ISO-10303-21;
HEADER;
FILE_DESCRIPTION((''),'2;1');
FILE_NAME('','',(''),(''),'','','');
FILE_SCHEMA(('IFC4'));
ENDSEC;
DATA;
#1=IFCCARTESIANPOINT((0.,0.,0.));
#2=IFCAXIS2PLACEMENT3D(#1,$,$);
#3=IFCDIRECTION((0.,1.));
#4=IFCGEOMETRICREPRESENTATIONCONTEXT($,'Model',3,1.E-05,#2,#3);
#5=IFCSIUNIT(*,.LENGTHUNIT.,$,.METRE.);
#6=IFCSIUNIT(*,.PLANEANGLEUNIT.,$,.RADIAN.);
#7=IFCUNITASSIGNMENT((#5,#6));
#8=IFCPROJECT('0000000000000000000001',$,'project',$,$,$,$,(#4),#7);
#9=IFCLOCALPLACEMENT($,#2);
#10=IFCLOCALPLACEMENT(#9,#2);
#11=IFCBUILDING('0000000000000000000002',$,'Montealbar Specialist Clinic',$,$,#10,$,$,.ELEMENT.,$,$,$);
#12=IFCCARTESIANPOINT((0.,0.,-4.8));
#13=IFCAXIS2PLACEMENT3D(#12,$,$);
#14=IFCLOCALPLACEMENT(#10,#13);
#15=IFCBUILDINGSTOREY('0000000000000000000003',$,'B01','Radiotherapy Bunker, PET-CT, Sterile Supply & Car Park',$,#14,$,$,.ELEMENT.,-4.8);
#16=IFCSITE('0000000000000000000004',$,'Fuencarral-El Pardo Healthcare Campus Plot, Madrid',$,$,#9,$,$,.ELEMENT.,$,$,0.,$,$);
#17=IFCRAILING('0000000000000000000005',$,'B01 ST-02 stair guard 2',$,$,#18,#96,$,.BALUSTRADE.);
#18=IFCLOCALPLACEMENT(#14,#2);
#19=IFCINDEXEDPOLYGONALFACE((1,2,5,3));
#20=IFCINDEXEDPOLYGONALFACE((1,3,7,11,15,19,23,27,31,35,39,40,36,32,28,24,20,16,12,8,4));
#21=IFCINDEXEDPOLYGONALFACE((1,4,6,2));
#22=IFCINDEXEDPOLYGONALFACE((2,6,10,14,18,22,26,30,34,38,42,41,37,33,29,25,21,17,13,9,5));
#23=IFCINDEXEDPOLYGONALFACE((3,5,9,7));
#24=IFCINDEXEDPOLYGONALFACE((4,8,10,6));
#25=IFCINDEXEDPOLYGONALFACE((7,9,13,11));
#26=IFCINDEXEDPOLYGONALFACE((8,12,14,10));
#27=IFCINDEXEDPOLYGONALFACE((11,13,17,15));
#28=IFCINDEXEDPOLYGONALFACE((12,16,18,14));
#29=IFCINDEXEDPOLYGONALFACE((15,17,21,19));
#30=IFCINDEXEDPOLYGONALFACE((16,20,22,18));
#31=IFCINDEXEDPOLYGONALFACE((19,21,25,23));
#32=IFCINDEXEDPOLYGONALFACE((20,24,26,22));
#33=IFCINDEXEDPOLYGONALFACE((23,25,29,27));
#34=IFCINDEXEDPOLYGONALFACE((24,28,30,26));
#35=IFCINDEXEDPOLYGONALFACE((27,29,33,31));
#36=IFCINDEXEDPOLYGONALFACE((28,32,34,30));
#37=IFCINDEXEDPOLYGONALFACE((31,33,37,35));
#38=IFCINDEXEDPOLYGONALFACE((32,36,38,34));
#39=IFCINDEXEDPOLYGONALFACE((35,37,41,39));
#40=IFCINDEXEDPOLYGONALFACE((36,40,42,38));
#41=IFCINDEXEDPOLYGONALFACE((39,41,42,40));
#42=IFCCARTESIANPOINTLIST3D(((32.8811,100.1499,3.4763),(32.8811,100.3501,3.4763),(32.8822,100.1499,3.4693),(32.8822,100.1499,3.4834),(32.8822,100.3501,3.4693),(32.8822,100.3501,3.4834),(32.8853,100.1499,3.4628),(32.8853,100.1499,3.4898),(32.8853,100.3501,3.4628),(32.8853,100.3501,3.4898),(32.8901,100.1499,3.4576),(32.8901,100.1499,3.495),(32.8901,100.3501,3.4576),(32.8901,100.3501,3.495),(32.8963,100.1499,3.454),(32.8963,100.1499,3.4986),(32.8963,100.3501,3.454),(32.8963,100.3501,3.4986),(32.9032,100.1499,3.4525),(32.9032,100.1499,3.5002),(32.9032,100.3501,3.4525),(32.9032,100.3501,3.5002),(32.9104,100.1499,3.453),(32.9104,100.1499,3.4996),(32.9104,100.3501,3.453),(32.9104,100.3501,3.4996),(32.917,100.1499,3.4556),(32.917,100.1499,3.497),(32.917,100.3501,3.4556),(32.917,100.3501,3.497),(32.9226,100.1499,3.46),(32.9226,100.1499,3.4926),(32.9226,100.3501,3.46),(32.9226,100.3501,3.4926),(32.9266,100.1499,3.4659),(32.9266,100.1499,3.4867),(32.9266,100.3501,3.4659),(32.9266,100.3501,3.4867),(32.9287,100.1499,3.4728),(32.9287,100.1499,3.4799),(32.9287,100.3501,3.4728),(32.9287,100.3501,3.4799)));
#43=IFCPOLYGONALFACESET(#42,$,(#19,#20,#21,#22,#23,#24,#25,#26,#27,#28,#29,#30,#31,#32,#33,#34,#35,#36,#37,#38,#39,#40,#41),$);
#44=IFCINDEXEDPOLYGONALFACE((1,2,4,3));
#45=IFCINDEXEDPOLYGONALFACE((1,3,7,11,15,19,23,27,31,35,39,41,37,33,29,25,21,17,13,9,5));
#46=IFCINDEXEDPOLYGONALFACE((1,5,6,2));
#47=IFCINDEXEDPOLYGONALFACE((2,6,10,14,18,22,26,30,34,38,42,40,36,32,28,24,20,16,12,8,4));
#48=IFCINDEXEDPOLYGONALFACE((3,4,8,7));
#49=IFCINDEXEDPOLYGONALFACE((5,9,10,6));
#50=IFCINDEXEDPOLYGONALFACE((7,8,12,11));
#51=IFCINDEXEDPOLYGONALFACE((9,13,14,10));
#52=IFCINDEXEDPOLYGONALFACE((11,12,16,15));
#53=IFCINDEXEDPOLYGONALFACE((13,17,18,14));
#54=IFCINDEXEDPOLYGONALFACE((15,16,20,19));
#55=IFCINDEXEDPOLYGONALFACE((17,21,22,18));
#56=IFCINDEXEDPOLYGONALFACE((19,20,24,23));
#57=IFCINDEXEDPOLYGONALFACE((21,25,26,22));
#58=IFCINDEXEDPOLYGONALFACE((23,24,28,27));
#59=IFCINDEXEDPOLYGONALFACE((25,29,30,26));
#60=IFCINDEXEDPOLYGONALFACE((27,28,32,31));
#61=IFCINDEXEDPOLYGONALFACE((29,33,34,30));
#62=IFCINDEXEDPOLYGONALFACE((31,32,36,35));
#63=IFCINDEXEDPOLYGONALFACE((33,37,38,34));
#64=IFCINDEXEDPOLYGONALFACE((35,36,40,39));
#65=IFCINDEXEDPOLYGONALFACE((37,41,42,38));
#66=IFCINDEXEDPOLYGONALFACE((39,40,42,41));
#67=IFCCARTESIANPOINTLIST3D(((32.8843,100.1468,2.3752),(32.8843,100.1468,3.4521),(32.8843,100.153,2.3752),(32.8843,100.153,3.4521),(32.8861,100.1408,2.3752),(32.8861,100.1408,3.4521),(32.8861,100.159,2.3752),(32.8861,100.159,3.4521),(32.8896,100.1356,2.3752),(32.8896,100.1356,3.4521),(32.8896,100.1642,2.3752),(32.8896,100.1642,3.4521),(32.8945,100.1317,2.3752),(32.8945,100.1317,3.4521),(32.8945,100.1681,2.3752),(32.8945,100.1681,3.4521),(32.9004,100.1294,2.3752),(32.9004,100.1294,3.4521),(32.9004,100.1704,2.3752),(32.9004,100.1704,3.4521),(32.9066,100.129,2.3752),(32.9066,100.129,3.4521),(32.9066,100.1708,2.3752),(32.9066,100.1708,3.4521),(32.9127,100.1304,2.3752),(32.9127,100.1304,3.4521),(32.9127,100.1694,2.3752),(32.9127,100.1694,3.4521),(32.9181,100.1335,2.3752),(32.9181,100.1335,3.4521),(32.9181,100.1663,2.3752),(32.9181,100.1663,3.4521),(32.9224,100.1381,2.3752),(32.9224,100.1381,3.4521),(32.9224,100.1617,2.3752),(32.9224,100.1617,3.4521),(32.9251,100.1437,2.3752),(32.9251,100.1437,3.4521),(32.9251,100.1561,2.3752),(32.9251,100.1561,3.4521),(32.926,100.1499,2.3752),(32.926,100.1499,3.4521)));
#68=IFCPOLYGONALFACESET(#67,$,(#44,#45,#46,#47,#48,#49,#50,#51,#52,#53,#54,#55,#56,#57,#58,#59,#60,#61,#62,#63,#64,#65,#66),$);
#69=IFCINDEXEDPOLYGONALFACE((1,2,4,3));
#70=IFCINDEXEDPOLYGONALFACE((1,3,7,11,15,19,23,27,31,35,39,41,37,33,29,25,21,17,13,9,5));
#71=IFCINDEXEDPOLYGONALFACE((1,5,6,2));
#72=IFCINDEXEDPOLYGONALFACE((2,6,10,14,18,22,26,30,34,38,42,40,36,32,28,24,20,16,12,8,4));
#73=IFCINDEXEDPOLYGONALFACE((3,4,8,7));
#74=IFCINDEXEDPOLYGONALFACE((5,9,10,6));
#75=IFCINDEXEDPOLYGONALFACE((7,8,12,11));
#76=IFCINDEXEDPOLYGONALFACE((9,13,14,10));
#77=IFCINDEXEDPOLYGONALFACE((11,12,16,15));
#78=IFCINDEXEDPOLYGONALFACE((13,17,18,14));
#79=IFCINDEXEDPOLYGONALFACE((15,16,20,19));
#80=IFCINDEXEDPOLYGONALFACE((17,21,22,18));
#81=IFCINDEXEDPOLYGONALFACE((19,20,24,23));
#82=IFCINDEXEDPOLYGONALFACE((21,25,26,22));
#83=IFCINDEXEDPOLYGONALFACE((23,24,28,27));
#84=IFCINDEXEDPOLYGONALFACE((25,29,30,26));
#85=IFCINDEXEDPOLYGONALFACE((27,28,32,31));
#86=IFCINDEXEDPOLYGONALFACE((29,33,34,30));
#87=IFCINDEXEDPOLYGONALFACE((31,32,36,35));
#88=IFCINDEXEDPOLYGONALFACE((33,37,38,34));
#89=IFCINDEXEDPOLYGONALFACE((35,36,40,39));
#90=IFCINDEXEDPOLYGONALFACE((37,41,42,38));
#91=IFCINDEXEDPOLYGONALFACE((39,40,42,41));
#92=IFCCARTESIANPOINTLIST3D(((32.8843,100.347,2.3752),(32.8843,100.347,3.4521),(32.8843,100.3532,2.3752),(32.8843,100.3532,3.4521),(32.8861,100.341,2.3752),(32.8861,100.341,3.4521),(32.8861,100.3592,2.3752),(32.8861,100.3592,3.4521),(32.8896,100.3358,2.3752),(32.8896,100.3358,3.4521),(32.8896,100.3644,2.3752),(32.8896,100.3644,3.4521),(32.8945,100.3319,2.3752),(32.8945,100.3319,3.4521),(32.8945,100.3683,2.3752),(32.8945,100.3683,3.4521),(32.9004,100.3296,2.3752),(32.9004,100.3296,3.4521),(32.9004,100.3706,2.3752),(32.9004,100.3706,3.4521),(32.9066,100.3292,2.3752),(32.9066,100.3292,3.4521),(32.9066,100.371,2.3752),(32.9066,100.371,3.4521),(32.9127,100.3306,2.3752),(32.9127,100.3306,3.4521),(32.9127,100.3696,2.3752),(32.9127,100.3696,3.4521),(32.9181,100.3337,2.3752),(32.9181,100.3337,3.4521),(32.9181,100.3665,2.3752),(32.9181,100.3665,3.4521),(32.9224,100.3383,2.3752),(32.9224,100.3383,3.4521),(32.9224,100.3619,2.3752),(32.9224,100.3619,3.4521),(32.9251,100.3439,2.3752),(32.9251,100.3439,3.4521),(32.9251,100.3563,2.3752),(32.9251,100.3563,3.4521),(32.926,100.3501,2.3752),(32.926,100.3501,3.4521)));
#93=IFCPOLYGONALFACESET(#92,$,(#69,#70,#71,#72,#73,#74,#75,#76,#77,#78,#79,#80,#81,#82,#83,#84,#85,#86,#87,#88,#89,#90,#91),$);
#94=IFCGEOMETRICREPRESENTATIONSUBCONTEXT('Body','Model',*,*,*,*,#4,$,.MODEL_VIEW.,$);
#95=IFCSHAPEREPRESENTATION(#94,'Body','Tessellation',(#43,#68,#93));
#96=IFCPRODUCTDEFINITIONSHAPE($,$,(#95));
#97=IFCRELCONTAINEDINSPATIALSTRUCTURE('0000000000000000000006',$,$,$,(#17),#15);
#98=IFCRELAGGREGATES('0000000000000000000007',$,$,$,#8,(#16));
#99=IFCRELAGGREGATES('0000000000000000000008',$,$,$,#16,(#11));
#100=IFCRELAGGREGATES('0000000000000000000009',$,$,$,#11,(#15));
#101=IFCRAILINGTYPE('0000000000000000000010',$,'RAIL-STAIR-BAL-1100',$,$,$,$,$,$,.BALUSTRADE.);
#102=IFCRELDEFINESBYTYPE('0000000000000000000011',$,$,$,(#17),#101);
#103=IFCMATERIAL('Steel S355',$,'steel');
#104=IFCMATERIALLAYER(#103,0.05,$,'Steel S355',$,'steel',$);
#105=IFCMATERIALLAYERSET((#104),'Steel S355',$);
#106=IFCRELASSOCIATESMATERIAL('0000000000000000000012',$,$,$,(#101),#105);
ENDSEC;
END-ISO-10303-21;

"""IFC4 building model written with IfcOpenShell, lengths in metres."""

from ifc_helpers import new_model, si_unit, direction, frame, origin, origin_2d, place, context, subcontext, project, spatial, circle, extrude, material, layer, layer_set, type_object, element, save


model = new_model("IFC4")

# Units and contexts
model_context = context("Model", 3, precision=1e-05, world=origin(), true_north=direction((0.0, 1.0)))
body_context = subcontext(model_context, "Body", "Model", "MODEL_VIEW")
ifc_project = project(units=[si_unit("LENGTHUNIT", "METRE"), si_unit("PLANEANGLEUNIT", "RADIAN")], contexts=[model_context])

# Site, building, storey
site_placement = place(None, origin())
site = spatial("IfcSite", under=ifc_project, at=site_placement, Name="Fuencarral-El Pardo Healthcare Campus Plot, Madrid", CompositionType="ELEMENT", RefElevation=0.0)
building_placement = place(site_placement, origin())
building = spatial("IfcBuilding", under=site, at=building_placement, Name="Montealbar Specialist Clinic", CompositionType="ELEMENT")
storey_placement = place(building_placement, frame((0.0, 0.0, -4.8)))
storey = spatial("IfcBuildingStorey", under=building, at=storey_placement, Name="B01", Description="Radiotherapy Bunker, PET-CT, Sterile Supply & Car Park", CompositionType="ELEMENT", Elevation=-4.8)

# Shared definitions
ifc_material_1 = material(Name="Steel S355", Category="steel")

# Railing
ifc_layer_1 = layer(ifc_material_1, 0.05, Name="Steel S355", Category="steel")
ifc_layer_set_1 = layer_set([ifc_layer_1], Name="Steel S355")
railing_type_1 = type_object("IfcRailingType", Name="RAIL-STAIR-BAL-1100", PredefinedType="BALUSTRADE", material=ifc_layer_set_1)
railing_1_placement = place(storey_placement, frame((32.905, 100.1499, 2.4001)))
element("IfcRailing", 1, at=railing_1_placement, inside=storey, type_object=railing_type_1, Name="B01 ST-02 stair guard 2", PredefinedType="BALUSTRADE", context=body_context, shape_type="SweptSolid", body=[
    extrude(circle(Radius=0.0239, at=origin_2d()), frame((0.0, 0.0, 1.0762), z_axis=(0.0, 1.0, 0.0), x_axis=(-1.0, 0.0, 0.0)), (0.0, 0.0, 1.0), 0.2002),
    extrude(circle(Radius=0.021, at=origin_2d()), frame((0.0, 0.0, -0.0249)), (0.0, 0.0, 1.0), 1.0769),
    extrude(circle(Radius=0.021, at=origin_2d()), frame((0.0, 0.2002, -0.0249)), (0.0, 0.0, 1.0), 1.0769),
])

save(model, "model.ifc")
